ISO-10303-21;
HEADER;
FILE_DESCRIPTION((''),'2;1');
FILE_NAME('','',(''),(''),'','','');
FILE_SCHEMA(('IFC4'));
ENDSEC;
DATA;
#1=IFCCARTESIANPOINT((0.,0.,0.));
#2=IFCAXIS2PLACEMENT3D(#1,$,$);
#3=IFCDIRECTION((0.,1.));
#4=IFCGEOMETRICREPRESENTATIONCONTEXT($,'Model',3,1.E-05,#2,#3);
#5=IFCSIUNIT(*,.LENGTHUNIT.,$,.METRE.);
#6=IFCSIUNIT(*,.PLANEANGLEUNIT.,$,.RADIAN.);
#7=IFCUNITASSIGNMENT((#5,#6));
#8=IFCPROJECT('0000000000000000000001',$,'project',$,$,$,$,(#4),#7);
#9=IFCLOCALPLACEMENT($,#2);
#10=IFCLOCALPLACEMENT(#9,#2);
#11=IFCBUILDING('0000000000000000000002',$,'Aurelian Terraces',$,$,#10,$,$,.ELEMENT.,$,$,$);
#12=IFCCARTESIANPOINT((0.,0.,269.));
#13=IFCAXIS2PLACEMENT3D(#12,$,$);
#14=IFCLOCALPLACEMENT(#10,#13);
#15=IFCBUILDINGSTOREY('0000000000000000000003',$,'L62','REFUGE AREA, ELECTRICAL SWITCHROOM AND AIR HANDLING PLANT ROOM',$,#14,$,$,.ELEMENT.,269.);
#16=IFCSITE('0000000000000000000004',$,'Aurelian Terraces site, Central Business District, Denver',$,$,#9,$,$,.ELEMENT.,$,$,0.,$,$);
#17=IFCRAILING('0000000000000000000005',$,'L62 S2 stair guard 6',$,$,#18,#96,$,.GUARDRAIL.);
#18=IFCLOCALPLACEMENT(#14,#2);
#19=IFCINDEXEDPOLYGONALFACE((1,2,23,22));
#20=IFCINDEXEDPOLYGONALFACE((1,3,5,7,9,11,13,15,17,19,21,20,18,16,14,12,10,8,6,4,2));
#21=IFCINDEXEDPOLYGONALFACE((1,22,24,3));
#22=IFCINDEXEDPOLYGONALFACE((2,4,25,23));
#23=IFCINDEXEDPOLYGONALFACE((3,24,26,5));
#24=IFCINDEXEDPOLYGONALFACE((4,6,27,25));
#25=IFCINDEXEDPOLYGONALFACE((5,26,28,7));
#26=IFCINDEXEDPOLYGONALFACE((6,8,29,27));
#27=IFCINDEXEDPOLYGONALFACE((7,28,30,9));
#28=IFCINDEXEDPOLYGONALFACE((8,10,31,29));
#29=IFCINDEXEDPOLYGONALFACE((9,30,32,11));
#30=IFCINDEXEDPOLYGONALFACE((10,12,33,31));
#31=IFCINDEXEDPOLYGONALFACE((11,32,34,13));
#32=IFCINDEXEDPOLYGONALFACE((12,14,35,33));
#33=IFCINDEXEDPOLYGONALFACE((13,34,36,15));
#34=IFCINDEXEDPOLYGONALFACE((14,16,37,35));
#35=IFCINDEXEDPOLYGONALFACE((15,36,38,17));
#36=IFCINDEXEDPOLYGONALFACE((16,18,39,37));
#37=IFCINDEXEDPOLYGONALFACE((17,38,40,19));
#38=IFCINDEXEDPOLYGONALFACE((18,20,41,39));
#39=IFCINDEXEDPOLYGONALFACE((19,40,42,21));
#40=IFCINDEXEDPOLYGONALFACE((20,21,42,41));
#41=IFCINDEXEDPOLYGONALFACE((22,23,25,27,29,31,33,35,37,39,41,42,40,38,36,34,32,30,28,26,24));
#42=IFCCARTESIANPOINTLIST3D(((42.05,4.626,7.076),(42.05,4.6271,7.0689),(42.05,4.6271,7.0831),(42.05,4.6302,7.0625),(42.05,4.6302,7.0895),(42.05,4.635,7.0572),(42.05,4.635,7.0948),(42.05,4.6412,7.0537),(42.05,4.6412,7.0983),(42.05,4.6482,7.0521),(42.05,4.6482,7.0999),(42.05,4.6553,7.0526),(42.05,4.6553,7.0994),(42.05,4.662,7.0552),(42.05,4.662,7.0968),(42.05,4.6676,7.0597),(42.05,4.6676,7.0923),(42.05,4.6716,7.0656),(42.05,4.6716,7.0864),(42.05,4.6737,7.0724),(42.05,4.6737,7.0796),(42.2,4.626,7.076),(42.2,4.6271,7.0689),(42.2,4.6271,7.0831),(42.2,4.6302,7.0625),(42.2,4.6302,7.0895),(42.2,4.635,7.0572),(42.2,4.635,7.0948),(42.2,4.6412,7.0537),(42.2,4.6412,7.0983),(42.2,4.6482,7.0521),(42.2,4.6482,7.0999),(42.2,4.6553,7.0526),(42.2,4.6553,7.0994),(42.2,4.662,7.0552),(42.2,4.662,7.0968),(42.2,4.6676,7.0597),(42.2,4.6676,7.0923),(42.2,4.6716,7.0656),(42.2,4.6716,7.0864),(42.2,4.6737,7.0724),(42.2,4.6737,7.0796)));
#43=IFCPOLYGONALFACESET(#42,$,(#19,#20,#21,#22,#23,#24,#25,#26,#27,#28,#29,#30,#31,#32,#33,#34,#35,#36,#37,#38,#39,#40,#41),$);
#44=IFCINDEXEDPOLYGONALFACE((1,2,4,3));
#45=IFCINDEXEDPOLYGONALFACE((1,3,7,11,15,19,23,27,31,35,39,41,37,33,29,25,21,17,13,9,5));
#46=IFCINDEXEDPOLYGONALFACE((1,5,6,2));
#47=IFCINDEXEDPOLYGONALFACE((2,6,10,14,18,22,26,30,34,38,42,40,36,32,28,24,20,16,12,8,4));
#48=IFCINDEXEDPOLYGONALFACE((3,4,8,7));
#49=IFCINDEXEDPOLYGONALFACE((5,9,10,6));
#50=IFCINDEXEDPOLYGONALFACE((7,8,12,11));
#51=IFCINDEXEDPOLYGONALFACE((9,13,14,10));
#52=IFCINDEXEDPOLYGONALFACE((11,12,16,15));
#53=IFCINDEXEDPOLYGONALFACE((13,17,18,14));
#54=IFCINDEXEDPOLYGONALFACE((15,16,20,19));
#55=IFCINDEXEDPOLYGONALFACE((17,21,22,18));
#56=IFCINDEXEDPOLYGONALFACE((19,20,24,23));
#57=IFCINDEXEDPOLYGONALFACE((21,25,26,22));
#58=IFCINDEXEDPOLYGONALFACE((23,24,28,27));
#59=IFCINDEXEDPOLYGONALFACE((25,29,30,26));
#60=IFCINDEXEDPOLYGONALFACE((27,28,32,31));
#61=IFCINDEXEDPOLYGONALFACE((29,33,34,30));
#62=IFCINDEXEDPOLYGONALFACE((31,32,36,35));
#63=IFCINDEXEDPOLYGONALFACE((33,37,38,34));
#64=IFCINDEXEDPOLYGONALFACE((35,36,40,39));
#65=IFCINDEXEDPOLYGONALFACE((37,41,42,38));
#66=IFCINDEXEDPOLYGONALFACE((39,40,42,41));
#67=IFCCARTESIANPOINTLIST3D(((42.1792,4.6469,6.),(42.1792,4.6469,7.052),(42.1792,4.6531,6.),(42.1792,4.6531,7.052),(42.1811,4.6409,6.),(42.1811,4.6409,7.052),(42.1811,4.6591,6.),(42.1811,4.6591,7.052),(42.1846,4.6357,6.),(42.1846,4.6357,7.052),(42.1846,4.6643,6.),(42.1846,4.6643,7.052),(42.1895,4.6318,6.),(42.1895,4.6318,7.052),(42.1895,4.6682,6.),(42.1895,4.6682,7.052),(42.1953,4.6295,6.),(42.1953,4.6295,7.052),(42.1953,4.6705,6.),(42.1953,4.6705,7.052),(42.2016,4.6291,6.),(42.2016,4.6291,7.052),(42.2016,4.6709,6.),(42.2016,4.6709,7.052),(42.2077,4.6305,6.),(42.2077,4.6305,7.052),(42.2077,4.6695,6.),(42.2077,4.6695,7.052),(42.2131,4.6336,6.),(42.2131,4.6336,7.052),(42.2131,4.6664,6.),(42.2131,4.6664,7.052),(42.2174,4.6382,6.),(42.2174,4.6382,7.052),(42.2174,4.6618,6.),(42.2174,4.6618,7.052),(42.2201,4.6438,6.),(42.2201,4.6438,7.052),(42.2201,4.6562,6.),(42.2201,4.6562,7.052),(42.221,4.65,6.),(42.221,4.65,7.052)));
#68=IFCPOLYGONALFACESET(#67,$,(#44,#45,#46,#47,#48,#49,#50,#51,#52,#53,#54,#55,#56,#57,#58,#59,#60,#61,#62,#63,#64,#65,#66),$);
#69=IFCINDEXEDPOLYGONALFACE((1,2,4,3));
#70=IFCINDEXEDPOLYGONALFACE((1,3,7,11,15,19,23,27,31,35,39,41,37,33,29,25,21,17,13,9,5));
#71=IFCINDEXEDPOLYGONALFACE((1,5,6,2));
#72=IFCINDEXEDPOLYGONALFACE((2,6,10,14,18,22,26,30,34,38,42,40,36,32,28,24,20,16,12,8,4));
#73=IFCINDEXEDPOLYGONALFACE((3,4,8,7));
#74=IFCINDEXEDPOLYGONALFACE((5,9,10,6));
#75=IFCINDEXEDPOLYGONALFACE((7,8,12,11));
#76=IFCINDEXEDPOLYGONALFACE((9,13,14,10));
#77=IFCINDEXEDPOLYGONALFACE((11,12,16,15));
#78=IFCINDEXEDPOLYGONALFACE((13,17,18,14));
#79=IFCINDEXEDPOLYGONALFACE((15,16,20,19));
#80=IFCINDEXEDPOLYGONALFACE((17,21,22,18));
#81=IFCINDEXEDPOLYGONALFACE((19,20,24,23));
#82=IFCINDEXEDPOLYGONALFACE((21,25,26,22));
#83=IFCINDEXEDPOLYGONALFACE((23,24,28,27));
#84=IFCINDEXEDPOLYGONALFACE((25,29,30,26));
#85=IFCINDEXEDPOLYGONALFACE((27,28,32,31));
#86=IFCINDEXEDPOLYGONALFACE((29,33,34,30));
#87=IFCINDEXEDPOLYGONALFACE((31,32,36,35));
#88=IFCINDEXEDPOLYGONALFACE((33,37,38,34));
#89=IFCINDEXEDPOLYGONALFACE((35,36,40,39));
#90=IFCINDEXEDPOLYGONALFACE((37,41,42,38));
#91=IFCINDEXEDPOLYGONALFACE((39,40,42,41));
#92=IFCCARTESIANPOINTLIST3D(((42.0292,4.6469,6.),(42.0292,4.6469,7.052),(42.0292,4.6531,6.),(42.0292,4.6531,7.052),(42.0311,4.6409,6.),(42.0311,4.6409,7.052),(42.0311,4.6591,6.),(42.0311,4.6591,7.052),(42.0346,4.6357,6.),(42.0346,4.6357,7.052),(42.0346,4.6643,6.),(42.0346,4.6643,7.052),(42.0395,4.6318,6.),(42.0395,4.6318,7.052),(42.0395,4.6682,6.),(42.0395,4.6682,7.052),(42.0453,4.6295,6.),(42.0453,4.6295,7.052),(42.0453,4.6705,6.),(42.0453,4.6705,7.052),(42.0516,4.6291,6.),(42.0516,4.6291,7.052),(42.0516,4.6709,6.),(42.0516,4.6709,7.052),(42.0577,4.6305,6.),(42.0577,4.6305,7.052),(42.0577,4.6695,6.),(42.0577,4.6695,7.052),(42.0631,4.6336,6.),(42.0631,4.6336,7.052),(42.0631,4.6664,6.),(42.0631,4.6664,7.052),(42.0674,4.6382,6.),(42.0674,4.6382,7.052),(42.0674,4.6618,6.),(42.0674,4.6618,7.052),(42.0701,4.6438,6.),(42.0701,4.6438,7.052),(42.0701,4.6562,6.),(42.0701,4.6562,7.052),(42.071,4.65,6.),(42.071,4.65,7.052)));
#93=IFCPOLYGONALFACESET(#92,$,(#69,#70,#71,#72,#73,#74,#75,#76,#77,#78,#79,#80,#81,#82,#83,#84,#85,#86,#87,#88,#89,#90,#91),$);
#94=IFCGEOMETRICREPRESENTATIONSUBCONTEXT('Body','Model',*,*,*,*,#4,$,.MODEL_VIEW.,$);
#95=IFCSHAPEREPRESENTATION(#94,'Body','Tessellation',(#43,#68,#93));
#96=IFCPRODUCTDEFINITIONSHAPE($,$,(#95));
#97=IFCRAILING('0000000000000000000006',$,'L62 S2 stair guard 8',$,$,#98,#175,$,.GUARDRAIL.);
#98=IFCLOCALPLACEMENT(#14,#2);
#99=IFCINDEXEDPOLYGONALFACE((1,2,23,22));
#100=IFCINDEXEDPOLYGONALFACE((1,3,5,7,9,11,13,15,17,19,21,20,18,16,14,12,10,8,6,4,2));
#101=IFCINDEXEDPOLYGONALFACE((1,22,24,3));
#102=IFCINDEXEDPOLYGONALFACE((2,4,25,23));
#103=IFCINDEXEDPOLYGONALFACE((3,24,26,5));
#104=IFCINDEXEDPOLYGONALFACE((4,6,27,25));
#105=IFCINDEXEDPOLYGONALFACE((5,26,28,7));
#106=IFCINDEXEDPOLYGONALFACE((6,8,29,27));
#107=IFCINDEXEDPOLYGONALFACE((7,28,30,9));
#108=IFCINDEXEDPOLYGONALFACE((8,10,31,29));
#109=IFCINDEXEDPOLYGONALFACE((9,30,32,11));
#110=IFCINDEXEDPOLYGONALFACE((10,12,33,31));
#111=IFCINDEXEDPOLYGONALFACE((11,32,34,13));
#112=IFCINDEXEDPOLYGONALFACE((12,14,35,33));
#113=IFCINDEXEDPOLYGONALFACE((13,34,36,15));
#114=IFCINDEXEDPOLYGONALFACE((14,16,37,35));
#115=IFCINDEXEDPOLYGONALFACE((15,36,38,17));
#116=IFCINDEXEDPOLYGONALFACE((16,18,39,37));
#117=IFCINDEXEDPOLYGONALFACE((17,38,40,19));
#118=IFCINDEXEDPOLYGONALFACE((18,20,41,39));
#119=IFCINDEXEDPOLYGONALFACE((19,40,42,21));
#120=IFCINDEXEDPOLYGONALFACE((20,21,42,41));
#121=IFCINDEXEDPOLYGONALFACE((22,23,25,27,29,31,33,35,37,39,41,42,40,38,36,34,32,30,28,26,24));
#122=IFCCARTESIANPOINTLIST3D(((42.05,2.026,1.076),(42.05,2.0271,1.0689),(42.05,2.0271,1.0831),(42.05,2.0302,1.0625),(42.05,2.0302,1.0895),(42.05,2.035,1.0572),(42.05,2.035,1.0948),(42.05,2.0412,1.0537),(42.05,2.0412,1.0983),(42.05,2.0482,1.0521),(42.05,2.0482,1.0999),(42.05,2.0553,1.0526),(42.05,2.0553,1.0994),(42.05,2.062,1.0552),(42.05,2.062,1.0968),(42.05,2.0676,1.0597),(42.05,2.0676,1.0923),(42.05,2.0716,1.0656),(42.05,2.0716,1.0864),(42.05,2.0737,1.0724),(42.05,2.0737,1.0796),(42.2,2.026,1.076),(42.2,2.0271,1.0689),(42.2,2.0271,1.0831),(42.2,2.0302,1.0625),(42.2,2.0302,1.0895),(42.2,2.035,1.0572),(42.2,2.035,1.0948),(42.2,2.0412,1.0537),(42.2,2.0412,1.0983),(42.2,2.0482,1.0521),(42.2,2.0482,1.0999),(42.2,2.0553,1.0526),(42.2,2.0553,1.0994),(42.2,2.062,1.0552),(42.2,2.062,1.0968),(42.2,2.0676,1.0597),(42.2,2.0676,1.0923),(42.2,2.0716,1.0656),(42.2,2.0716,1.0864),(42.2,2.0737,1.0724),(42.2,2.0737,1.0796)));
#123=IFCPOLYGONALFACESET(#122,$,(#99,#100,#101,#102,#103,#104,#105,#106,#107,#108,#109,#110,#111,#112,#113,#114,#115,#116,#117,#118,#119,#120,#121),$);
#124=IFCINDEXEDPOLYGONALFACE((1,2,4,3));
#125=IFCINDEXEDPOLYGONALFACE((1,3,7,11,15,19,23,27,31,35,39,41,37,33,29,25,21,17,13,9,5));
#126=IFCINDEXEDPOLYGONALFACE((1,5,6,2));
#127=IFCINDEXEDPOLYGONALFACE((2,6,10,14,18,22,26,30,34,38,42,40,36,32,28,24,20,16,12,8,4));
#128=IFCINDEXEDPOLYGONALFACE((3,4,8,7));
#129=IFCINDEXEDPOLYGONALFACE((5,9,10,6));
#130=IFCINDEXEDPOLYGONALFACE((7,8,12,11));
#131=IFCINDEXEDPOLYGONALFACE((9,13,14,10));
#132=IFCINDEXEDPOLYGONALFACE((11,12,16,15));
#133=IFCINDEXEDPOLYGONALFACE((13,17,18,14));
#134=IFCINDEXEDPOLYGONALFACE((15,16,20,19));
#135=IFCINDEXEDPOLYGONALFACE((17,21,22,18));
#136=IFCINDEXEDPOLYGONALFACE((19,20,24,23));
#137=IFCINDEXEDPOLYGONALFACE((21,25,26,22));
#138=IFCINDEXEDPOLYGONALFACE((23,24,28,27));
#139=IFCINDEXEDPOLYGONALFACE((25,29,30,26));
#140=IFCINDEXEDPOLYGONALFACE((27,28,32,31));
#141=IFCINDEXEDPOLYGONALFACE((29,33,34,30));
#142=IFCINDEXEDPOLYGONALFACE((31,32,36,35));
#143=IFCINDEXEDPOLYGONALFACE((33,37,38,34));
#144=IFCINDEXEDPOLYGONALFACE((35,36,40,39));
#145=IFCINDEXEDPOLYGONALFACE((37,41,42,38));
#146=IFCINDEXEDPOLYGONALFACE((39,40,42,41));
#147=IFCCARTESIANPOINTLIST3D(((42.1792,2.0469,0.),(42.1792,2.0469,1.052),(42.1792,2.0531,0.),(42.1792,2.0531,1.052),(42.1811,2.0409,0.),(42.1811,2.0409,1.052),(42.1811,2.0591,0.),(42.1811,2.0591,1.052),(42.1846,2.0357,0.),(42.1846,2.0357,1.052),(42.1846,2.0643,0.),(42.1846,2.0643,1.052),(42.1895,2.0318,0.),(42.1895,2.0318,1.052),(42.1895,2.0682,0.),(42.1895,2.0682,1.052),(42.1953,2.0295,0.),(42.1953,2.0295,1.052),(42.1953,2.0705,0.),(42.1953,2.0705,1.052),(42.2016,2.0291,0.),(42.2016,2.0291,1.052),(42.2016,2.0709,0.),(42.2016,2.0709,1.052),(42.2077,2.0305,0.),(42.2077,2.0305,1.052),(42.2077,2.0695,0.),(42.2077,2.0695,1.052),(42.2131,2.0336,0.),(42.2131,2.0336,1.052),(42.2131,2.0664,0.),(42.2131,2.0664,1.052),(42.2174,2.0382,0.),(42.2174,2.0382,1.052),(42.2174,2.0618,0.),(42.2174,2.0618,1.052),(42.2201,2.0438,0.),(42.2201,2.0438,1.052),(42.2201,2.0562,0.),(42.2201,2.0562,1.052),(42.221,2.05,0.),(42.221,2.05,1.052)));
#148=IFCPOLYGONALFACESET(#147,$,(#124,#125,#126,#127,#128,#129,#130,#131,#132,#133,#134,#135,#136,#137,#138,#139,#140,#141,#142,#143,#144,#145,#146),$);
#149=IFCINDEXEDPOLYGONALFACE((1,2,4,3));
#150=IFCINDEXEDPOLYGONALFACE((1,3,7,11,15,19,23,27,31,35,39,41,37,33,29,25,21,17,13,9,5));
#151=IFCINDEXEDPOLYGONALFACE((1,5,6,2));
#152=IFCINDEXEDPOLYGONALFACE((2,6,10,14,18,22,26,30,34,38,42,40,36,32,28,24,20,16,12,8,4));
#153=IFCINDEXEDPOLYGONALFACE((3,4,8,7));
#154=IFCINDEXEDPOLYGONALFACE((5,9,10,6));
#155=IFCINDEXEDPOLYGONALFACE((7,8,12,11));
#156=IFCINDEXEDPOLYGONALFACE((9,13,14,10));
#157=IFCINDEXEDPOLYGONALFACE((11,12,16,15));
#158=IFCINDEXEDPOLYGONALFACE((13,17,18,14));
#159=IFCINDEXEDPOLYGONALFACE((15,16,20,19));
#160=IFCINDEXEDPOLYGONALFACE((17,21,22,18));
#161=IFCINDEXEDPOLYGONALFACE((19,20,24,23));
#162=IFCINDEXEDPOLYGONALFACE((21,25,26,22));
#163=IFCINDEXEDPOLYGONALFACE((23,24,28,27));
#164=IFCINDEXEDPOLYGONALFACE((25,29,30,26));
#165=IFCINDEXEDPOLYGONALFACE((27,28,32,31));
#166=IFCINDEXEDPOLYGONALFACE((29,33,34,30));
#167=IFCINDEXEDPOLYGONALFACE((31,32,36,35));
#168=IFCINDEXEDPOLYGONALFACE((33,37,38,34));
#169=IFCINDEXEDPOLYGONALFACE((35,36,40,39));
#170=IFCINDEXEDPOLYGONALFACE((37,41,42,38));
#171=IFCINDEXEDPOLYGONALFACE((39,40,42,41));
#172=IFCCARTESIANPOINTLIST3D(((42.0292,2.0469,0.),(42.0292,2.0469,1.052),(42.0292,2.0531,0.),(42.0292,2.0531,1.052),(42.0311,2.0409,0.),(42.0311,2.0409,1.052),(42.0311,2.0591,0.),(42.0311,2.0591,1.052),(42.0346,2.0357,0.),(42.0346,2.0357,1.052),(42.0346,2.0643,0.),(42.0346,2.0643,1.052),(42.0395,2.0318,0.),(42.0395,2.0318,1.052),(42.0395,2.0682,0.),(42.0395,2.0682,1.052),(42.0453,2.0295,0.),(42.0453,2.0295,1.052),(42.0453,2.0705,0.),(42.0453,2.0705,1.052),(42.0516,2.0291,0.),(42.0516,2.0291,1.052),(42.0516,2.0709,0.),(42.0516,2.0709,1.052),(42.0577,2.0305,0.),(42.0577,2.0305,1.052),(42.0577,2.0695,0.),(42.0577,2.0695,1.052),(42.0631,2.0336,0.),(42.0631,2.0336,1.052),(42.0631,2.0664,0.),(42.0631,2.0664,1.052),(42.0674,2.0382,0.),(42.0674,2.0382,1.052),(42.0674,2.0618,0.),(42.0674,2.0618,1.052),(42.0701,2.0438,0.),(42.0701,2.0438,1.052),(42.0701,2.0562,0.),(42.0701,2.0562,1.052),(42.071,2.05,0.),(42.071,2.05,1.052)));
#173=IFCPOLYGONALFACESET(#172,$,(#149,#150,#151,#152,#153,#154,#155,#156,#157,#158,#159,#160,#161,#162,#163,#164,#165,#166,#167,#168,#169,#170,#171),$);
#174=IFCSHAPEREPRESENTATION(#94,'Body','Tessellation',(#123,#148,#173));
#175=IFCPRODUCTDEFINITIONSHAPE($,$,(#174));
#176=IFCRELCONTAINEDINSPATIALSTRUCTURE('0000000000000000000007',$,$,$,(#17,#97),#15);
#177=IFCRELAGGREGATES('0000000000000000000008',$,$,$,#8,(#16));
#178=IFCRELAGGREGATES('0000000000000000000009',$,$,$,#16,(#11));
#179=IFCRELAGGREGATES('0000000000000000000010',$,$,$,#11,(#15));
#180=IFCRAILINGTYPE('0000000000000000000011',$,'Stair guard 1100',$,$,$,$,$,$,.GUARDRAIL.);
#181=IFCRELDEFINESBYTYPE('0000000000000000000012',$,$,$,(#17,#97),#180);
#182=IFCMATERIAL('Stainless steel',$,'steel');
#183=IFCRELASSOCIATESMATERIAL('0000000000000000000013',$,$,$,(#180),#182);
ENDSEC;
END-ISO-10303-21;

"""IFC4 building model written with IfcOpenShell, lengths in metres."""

from ifc_helpers import new_model, si_unit, direction, frame, origin, origin_2d, place, context, subcontext, project, spatial, circle, extrude, source, transform, mapped, material, type_object, element, save


model = new_model("IFC4")

# Units and contexts
model_context = context("Model", 3, precision=1e-05, world=origin(), true_north=direction((0.0, 1.0)))
body_context = subcontext(model_context, "Body", "Model", "MODEL_VIEW")
ifc_project = project(units=[si_unit("LENGTHUNIT", "METRE"), si_unit("PLANEANGLEUNIT", "RADIAN")], contexts=[model_context])

# Site, building, storey
site_placement = place(None, origin())
site = spatial("IfcSite", under=ifc_project, at=site_placement, Name="Aurelian Terraces site, Central Business District, Denver", CompositionType="ELEMENT", RefElevation=0.0)
building_placement = place(site_placement, origin())
building = spatial("IfcBuilding", under=site, at=building_placement, Name="Aurelian Terraces", CompositionType="ELEMENT")
storey_placement = place(building_placement, frame((0.0, 0.0, 269.0)))
storey = spatial("IfcBuildingStorey", under=building, at=storey_placement, Name="L62", Description="REFUGE AREA, ELECTRICAL SWITCHROOM AND AIR HANDLING PLANT ROOM", CompositionType="ELEMENT", Elevation=269.0)

# Railings
ifc_material_1 = material(Name="Stainless steel", Category="steel")
railing_type_1 = type_object("IfcRailingType", Name="Stair guard 1100", PredefinedType="GUARDRAIL", material=ifc_material_1)
shared_shape_1 = source(origin(), body_context, "Body", "SweptSolid", [
    extrude(circle(Radius=0.024, at=origin_2d()), frame((0.0, 0.0, 1.076), z_axis=(-1.0, 0.0, 0.0), x_axis=(0.0, -1.0, 0.0)), (0.0, 0.0, 1.0), 0.15),
    extrude(circle(Radius=0.021, at=origin_2d()), origin(), (0.0, 0.0, 1.0), 1.052),
    extrude(circle(Radius=0.021, at=origin_2d()), frame((-0.15, 0.0, 0.0)), (0.0, 0.0, 1.0), 1.052),
])
for number, where, name in (
    (1, (42.2, 4.65, 6.0), "L62 S2 stair guard 6"),
    (2, (42.2, 2.05, 0.0), "L62 S2 stair guard 8"),
):
    element("IfcRailing", number, at=place(storey_placement, frame(where)), inside=storey, type_object=railing_type_1, Name=name, PredefinedType="GUARDRAIL", context=body_context, shape_type="MappedRepresentation", body=[
        mapped(shared_shape_1, transform((0.0, 0.0, 0.0), scale=1.0)),
    ])

save(model, "model.ifc")
